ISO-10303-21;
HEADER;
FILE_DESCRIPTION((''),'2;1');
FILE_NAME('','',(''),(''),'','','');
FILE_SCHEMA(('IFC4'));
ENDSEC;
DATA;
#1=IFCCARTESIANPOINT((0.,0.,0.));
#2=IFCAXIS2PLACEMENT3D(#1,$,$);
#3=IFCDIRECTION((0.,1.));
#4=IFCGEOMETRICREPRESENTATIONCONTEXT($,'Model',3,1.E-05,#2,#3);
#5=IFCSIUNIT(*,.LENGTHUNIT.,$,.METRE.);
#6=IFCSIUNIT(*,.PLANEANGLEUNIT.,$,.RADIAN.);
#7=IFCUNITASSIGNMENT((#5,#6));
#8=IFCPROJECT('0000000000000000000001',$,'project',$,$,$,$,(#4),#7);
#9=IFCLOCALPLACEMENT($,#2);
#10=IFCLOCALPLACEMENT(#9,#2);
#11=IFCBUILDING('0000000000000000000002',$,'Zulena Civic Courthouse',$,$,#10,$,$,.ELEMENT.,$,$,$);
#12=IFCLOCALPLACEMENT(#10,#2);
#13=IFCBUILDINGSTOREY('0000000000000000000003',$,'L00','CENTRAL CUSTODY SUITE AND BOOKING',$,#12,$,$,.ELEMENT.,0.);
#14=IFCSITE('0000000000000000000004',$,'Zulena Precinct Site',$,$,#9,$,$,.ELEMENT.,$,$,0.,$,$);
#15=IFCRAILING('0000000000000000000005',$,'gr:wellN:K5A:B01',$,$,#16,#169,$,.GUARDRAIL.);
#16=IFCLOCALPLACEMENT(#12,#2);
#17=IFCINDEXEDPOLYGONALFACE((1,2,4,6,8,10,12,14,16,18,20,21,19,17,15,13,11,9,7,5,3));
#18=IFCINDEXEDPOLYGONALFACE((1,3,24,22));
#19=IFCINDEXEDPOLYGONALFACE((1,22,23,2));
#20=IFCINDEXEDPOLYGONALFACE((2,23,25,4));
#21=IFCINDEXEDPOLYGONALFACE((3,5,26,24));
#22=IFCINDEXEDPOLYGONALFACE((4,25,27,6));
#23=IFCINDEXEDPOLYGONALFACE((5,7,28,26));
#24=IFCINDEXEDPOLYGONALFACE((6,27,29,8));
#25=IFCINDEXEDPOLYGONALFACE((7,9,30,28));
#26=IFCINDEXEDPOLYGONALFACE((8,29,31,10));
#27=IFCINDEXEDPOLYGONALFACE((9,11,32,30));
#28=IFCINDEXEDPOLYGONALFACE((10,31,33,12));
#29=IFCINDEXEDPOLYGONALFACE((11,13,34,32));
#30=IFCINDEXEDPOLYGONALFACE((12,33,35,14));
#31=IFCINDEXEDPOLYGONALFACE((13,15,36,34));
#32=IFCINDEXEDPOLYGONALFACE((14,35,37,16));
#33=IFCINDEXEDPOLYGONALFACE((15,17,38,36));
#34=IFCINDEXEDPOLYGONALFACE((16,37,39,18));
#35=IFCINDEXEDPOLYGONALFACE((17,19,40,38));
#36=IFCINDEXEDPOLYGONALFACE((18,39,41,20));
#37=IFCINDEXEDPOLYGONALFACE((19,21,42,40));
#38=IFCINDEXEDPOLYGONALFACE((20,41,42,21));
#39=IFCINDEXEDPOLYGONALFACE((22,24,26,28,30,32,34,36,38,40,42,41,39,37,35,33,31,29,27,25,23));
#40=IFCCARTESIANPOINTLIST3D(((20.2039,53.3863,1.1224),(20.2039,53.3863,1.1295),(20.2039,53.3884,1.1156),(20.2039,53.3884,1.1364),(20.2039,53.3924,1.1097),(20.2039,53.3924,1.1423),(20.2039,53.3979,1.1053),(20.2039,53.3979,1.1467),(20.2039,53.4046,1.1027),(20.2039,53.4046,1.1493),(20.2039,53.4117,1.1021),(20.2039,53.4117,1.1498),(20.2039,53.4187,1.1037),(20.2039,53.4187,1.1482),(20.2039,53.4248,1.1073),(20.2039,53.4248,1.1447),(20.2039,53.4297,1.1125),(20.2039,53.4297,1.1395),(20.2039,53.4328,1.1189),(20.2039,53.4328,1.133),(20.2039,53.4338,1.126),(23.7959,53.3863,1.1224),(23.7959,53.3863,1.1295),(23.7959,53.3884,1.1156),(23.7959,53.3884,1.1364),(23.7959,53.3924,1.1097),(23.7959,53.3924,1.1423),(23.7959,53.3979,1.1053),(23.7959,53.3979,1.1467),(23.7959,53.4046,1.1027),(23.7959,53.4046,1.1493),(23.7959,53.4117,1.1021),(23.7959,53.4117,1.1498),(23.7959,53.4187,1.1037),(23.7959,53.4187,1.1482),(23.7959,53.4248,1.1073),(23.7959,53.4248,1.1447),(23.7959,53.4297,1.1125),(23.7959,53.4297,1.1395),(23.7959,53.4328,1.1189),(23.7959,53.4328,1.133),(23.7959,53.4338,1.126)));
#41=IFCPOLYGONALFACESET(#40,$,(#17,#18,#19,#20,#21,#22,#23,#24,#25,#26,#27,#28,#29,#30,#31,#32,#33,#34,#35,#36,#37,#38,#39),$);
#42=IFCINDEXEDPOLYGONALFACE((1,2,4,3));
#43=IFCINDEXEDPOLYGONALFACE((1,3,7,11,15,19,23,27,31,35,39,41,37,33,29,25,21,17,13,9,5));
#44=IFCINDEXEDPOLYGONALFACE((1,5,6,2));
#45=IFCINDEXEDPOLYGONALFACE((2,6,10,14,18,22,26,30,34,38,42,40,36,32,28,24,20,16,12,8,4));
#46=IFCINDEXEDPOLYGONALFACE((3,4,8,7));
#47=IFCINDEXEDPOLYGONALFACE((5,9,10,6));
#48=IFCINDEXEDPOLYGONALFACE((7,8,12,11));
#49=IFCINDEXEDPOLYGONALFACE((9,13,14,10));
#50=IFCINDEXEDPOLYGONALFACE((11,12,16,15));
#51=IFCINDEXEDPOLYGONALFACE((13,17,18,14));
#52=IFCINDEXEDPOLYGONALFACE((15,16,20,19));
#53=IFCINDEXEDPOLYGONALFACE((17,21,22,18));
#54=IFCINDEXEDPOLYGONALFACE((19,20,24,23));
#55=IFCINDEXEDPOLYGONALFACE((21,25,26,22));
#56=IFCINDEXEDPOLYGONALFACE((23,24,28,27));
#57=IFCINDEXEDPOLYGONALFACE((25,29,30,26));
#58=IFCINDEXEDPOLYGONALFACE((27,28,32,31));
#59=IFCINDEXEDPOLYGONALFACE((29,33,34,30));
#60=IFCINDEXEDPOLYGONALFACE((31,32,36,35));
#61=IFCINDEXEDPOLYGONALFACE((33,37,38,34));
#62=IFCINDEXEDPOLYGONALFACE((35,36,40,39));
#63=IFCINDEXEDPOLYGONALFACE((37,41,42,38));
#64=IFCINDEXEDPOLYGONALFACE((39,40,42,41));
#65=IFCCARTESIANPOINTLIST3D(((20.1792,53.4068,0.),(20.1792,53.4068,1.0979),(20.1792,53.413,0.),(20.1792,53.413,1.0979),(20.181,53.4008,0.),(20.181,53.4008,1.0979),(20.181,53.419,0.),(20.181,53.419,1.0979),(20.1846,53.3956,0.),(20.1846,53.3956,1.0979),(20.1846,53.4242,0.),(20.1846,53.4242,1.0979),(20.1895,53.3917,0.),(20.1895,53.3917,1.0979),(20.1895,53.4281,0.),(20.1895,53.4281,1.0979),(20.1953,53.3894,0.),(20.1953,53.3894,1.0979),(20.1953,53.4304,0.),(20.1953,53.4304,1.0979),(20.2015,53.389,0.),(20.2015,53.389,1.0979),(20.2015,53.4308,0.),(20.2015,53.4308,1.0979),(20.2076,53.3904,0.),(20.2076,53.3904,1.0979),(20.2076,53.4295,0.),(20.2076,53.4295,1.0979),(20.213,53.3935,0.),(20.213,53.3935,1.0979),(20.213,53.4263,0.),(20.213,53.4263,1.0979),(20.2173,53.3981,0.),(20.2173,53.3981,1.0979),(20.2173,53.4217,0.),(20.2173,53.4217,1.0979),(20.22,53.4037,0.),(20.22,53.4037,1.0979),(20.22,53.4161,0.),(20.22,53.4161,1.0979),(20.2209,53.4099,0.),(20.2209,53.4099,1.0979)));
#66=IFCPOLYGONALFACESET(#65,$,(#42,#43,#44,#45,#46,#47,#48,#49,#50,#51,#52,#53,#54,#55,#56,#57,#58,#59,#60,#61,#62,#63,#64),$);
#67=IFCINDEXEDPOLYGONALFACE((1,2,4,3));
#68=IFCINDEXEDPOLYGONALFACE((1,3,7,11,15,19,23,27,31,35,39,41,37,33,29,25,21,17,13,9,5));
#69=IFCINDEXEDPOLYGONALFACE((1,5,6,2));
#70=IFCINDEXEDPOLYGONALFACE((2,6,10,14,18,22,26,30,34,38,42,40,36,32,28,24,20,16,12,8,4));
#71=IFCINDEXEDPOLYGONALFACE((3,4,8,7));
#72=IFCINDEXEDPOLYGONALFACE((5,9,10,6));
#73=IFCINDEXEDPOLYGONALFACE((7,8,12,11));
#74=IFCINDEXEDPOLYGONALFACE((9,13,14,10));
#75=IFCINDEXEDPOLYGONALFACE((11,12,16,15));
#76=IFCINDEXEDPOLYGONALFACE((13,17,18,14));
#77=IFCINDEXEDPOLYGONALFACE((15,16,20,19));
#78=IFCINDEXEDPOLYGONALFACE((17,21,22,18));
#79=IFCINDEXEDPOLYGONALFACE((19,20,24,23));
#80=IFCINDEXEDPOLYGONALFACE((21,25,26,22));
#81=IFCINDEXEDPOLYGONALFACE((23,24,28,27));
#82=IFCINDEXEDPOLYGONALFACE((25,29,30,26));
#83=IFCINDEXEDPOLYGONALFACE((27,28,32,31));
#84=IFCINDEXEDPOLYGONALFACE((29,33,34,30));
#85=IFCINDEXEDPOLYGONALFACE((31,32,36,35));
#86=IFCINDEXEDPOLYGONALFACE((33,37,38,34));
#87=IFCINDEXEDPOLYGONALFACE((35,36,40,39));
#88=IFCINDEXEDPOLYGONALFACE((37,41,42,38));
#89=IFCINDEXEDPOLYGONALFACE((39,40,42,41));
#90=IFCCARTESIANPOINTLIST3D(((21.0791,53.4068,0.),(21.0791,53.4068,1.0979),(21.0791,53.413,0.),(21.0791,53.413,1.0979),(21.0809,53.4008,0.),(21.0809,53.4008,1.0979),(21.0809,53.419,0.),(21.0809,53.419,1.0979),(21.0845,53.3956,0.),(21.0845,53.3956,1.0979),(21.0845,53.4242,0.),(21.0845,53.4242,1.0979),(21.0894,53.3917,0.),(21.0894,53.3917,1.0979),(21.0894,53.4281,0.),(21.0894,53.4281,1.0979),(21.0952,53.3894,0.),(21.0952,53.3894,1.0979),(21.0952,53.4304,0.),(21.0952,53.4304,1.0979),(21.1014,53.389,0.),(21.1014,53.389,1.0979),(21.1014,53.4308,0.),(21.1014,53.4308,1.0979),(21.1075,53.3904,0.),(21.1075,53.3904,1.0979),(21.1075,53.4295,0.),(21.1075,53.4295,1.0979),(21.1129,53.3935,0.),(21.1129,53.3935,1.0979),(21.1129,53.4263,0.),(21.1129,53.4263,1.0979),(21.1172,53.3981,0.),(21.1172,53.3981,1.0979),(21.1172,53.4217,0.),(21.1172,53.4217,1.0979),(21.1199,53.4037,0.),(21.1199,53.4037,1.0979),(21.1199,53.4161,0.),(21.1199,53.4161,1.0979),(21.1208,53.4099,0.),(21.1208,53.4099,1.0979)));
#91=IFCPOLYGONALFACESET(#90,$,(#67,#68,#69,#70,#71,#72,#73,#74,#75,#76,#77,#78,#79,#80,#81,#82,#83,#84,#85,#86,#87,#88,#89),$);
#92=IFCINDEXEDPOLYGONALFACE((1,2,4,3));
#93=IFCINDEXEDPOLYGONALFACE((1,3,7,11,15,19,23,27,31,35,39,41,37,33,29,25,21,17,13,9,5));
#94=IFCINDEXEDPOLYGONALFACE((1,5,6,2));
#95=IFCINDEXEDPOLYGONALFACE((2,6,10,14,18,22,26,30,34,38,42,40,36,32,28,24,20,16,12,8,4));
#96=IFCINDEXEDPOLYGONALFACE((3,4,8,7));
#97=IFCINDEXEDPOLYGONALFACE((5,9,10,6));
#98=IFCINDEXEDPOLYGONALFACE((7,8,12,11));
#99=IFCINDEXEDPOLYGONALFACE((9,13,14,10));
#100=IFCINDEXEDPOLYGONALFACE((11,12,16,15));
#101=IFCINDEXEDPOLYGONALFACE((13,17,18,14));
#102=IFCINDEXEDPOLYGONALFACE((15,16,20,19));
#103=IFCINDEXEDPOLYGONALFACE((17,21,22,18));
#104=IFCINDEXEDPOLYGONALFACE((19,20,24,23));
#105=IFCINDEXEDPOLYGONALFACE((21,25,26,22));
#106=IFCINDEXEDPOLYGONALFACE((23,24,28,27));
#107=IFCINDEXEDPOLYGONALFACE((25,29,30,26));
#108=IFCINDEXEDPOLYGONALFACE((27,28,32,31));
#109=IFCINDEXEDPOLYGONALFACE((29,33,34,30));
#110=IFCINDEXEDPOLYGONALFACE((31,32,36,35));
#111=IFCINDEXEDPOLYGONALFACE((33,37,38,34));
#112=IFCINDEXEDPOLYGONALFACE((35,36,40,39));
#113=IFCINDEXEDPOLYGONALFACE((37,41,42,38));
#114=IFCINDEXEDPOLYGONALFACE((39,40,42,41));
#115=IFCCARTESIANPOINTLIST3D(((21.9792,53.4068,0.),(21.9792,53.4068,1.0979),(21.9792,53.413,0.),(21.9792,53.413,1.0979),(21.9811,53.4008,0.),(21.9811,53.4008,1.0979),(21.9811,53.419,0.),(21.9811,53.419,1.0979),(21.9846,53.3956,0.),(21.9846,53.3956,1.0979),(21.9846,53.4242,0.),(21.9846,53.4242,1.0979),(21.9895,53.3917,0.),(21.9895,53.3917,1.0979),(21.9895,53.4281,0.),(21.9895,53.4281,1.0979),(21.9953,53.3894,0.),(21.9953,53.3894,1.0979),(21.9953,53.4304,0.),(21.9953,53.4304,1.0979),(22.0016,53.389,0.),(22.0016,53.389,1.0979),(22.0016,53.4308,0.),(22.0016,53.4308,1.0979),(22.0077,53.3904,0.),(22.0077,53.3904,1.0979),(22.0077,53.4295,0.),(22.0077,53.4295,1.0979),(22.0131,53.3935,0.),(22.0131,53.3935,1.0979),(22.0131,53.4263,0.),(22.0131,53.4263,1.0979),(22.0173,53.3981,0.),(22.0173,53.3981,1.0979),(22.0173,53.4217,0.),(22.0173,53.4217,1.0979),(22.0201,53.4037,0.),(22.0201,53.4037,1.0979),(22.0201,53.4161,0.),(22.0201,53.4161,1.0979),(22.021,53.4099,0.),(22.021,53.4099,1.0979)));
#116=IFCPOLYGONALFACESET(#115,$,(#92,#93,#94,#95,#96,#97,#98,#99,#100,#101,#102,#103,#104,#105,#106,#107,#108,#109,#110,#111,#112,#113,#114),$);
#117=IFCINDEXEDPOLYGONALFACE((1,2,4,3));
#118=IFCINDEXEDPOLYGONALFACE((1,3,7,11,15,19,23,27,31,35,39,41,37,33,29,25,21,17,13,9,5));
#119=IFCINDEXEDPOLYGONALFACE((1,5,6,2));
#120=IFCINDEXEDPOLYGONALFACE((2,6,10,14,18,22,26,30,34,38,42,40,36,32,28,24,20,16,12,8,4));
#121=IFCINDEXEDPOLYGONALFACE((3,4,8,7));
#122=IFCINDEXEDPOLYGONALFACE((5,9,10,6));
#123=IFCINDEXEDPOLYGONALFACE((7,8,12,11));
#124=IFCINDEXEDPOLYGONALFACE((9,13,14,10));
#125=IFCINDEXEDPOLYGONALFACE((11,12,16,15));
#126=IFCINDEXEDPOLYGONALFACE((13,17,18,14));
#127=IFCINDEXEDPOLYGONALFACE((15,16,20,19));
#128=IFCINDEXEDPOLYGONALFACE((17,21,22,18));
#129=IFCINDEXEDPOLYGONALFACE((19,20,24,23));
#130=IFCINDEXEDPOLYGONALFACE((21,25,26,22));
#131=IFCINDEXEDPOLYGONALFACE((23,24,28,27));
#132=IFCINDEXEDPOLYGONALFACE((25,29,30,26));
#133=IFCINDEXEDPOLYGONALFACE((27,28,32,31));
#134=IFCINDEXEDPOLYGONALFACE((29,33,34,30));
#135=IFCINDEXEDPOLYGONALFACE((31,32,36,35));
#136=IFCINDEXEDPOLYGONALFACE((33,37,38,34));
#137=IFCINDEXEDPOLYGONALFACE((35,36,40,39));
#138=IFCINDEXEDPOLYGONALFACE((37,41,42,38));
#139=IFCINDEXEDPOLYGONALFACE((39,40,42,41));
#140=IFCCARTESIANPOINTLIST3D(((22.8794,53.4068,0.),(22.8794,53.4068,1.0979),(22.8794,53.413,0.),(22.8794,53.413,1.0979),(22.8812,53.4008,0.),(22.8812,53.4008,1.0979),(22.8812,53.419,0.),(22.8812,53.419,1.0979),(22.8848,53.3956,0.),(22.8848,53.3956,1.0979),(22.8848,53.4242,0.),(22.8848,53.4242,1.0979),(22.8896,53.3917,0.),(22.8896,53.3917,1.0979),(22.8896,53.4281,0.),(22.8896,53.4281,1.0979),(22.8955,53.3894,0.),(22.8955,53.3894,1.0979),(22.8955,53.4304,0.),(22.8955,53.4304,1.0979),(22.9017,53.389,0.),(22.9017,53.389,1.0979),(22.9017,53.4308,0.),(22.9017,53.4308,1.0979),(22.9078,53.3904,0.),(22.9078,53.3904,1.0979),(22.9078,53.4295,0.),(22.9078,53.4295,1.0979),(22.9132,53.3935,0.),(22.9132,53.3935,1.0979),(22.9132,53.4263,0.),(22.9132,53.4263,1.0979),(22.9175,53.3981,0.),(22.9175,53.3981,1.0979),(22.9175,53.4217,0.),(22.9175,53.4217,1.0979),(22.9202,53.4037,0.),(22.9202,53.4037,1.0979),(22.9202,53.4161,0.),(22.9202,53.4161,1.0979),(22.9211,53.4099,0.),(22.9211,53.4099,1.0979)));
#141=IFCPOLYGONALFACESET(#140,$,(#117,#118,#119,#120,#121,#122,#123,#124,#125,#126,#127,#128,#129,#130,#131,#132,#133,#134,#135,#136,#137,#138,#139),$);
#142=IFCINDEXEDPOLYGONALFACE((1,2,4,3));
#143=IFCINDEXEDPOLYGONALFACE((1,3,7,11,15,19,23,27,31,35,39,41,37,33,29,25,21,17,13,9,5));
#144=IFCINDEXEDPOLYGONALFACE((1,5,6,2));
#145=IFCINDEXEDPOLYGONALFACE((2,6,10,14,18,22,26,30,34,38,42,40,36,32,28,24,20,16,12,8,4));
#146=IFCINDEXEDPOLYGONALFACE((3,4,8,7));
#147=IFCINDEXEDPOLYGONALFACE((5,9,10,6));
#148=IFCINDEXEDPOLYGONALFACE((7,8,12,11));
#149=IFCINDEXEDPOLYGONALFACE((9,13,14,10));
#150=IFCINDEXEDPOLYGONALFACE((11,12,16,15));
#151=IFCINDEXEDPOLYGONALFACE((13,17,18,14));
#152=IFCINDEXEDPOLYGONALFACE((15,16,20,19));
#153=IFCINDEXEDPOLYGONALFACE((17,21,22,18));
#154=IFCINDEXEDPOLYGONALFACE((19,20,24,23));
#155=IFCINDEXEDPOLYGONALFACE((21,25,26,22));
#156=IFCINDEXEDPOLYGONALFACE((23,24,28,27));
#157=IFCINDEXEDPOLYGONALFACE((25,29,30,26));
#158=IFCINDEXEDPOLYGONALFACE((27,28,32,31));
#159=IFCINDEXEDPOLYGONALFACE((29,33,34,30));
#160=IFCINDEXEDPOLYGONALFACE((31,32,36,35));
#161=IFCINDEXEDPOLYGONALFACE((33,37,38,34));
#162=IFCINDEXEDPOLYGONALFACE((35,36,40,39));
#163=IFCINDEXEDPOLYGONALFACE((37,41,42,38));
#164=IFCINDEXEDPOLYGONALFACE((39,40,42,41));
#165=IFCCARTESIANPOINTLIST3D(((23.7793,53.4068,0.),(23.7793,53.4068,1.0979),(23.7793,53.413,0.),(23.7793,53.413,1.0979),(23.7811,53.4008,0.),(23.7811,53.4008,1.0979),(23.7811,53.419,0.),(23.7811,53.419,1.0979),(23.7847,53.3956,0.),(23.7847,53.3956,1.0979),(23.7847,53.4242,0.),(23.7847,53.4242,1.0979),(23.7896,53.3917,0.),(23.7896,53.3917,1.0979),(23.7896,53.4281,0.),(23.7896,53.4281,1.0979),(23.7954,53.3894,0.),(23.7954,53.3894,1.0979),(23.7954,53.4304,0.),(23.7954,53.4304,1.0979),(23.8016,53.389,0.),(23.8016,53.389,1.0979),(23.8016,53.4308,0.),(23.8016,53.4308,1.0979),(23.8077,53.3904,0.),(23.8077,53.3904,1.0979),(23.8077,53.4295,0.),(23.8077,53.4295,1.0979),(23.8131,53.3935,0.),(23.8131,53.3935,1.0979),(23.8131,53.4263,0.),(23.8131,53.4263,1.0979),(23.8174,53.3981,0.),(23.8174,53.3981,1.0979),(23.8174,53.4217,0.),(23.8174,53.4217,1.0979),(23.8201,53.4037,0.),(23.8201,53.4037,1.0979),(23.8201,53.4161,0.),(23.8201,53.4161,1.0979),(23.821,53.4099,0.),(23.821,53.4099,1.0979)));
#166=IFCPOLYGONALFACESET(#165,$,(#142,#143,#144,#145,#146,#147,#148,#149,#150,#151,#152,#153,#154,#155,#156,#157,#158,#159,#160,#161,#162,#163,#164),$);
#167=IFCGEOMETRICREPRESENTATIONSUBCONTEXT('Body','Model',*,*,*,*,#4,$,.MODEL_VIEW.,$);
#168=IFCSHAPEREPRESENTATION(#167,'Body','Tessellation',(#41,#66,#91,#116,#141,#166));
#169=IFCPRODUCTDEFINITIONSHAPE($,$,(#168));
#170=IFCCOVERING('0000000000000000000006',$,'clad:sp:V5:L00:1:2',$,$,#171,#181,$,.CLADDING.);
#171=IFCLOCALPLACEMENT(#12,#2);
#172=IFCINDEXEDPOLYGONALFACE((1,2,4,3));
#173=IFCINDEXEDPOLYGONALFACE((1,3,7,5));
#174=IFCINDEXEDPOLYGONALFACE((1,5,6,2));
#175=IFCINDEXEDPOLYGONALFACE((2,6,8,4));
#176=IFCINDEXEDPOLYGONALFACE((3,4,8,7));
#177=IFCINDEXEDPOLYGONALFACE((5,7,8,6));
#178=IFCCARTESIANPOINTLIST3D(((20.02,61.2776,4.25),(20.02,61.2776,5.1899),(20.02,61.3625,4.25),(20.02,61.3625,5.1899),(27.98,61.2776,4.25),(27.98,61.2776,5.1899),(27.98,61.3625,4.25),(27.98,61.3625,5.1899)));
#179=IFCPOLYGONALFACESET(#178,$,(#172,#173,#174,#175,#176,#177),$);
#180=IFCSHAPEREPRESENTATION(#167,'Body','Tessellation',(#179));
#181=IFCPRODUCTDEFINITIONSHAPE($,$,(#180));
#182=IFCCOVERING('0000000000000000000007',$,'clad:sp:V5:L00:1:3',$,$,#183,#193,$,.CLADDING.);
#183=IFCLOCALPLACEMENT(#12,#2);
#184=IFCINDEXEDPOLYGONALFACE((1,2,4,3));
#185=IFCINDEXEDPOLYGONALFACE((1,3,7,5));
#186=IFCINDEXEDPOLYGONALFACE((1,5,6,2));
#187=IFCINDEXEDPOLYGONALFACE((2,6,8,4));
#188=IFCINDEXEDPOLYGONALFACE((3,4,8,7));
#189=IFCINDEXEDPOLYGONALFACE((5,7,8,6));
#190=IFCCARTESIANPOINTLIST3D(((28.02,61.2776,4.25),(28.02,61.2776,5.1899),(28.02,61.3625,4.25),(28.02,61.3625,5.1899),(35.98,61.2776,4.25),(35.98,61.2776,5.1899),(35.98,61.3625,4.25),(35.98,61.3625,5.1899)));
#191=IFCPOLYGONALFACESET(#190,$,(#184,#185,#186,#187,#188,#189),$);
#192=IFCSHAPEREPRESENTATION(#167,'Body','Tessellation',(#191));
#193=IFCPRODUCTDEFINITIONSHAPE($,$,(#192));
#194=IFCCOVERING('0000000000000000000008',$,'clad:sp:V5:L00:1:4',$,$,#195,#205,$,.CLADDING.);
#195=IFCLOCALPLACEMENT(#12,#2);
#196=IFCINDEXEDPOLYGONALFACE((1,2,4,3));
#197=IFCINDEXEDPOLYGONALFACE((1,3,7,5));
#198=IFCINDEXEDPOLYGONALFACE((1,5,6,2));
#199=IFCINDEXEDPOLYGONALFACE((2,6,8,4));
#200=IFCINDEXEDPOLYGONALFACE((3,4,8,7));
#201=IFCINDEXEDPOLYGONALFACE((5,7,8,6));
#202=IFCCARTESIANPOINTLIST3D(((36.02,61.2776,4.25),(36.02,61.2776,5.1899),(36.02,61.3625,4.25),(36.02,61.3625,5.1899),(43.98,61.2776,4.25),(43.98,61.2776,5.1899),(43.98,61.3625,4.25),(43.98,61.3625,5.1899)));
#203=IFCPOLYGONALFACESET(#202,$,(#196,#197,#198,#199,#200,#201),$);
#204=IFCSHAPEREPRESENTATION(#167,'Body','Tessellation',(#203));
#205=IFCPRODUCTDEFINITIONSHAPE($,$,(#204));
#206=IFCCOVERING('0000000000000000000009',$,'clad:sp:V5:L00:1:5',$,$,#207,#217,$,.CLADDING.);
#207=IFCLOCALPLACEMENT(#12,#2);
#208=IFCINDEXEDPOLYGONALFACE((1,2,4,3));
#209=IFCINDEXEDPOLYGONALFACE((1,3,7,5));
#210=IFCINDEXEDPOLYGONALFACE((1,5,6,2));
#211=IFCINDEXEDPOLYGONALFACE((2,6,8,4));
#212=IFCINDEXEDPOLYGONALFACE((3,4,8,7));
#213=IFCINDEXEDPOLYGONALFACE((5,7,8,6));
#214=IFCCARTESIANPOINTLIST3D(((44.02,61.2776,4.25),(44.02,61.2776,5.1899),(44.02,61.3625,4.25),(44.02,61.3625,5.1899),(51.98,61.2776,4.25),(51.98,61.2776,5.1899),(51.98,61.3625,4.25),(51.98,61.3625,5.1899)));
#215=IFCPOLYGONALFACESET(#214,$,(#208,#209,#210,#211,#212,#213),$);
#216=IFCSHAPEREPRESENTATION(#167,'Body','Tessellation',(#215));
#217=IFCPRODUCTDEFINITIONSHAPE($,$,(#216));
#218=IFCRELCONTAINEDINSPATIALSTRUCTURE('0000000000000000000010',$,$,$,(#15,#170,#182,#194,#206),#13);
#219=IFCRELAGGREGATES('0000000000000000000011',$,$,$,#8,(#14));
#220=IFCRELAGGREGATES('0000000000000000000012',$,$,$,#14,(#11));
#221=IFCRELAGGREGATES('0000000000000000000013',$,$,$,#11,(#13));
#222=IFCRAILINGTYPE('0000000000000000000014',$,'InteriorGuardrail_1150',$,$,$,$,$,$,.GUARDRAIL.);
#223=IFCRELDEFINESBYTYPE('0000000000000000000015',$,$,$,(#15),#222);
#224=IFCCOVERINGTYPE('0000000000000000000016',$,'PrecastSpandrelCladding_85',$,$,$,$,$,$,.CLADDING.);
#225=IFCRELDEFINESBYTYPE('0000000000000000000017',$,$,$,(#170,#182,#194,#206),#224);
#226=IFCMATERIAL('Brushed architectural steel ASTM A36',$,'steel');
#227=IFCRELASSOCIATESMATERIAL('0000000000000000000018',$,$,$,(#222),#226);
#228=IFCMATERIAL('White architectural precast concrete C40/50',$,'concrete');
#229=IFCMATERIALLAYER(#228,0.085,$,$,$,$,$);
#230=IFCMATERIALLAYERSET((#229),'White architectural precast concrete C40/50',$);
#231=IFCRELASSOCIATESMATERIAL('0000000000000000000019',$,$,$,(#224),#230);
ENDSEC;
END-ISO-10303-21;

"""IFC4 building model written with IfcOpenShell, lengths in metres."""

from ifc_helpers import new_model, si_unit, direction, frame, origin, origin_2d, place, context, subcontext, project, spatial, rectangle, circle, extrude, material, layer, layer_set, type_object, element, save


model = new_model("IFC4")

# Units and contexts
model_context = context("Model", 3, precision=1e-05, world=origin(), true_north=direction((0.0, 1.0)))
body_context = subcontext(model_context, "Body", "Model", "MODEL_VIEW")
ifc_project = project(units=[si_unit("LENGTHUNIT", "METRE"), si_unit("PLANEANGLEUNIT", "RADIAN")], contexts=[model_context])

# Site, building, storey
site_placement = place(None, origin())
site = spatial("IfcSite", under=ifc_project, at=site_placement, Name="Zulena Precinct Site", CompositionType="ELEMENT", RefElevation=0.0)
building_placement = place(site_placement, origin())
building = spatial("IfcBuilding", under=site, at=building_placement, Name="Zulena Civic Courthouse", CompositionType="ELEMENT")
storey_placement = place(building_placement, origin())
storey = spatial("IfcBuildingStorey", under=building, at=storey_placement, Name="L00", Description="CENTRAL CUSTODY SUITE AND BOOKING", CompositionType="ELEMENT", Elevation=0.0)

# Railing
ifc_material_1 = material(Name="Brushed architectural steel ASTM A36", Category="steel")
railing_type = type_object("IfcRailingType", Name="InteriorGuardrail_1150", PredefinedType="GUARDRAIL", material=ifc_material_1)
railing_placement = place(storey_placement, frame((20.2, 53.4099, 0.0)))
element("IfcRailing", 1, at=railing_placement, inside=storey, type_object=railing_type, Name="gr:wellN:K5A:B01", PredefinedType="GUARDRAIL", context=body_context, shape_type="SweptSolid", body=[
    extrude(circle(Radius=0.0239, at=origin_2d()), frame((0.0039, 0.0, 1.126), z_axis=(1.0, 0.0, 0.0), x_axis=(0.0, 1.0, 0.0)), (0.0, 0.0, 1.0), 3.592),
    extrude(circle(Radius=0.021, at=origin_2d()), origin(), (0.0, 0.0, 1.0), 1.0979),
    extrude(circle(Radius=0.021, at=origin_2d()), frame((0.8999, 0.0, 0.0)), (0.0, 0.0, 1.0), 1.0979),
    extrude(circle(Radius=0.021, at=origin_2d()), frame((1.8, 0.0, 0.0)), (0.0, 0.0, 1.0), 1.0979),
    extrude(circle(Radius=0.021, at=origin_2d()), frame((2.7002, 0.0, 0.0)), (0.0, 0.0, 1.0), 1.0979),
    extrude(circle(Radius=0.021, at=origin_2d()), frame((3.6001, 0.0, 0.0)), (0.0, 0.0, 1.0), 1.0979),
])

# Coverings
ifc_material_2 = material(Name="White architectural precast concrete C40/50", Category="concrete")
ifc_layer_1 = layer(ifc_material_2, 0.085)
ifc_layer_set_1 = layer_set([ifc_layer_1], Name="White architectural precast concrete C40/50")
covering_type = type_object("IfcCoveringType", Name="PrecastSpandrelCladding_85", PredefinedType="CLADDING", material=ifc_layer_set_1)
for number, where, z_axis, x_axis, name in (
    (2, (24.0, 61.3201, 4.25), (0.0, 0.0, 1.0), (1.0, 0.0, 0.0), "clad:sp:V5:L00:1:2"),
    (3, (32.0, 61.3201, 4.25), (0.0, 0.0, 1.0), (1.0, 0.0, 0.0), "clad:sp:V5:L00:1:3"),
    (4, (40.0, 61.3201, 4.25), (0.0, 0.0, 1.0), (1.0, 0.0, 0.0), "clad:sp:V5:L00:1:4"),
    (5, (48.0, 61.3201, 4.25), (0.0, 0.0, 1.0), (1.0, 0.0, 0.0), "clad:sp:V5:L00:1:5"),
):
    element("IfcCovering", number, at=place(storey_placement, frame(where, z_axis=z_axis, x_axis=x_axis)), inside=storey, type_object=covering_type, Name=name, PredefinedType="CLADDING", context=body_context, shape_type="SweptSolid", body=[
        extrude(rectangle(XDim=7.96, YDim=0.085, at=origin_2d()), origin(), (0.0, 0.0, 1.0), 0.9399),
    ])

save(model, "model.ifc")
